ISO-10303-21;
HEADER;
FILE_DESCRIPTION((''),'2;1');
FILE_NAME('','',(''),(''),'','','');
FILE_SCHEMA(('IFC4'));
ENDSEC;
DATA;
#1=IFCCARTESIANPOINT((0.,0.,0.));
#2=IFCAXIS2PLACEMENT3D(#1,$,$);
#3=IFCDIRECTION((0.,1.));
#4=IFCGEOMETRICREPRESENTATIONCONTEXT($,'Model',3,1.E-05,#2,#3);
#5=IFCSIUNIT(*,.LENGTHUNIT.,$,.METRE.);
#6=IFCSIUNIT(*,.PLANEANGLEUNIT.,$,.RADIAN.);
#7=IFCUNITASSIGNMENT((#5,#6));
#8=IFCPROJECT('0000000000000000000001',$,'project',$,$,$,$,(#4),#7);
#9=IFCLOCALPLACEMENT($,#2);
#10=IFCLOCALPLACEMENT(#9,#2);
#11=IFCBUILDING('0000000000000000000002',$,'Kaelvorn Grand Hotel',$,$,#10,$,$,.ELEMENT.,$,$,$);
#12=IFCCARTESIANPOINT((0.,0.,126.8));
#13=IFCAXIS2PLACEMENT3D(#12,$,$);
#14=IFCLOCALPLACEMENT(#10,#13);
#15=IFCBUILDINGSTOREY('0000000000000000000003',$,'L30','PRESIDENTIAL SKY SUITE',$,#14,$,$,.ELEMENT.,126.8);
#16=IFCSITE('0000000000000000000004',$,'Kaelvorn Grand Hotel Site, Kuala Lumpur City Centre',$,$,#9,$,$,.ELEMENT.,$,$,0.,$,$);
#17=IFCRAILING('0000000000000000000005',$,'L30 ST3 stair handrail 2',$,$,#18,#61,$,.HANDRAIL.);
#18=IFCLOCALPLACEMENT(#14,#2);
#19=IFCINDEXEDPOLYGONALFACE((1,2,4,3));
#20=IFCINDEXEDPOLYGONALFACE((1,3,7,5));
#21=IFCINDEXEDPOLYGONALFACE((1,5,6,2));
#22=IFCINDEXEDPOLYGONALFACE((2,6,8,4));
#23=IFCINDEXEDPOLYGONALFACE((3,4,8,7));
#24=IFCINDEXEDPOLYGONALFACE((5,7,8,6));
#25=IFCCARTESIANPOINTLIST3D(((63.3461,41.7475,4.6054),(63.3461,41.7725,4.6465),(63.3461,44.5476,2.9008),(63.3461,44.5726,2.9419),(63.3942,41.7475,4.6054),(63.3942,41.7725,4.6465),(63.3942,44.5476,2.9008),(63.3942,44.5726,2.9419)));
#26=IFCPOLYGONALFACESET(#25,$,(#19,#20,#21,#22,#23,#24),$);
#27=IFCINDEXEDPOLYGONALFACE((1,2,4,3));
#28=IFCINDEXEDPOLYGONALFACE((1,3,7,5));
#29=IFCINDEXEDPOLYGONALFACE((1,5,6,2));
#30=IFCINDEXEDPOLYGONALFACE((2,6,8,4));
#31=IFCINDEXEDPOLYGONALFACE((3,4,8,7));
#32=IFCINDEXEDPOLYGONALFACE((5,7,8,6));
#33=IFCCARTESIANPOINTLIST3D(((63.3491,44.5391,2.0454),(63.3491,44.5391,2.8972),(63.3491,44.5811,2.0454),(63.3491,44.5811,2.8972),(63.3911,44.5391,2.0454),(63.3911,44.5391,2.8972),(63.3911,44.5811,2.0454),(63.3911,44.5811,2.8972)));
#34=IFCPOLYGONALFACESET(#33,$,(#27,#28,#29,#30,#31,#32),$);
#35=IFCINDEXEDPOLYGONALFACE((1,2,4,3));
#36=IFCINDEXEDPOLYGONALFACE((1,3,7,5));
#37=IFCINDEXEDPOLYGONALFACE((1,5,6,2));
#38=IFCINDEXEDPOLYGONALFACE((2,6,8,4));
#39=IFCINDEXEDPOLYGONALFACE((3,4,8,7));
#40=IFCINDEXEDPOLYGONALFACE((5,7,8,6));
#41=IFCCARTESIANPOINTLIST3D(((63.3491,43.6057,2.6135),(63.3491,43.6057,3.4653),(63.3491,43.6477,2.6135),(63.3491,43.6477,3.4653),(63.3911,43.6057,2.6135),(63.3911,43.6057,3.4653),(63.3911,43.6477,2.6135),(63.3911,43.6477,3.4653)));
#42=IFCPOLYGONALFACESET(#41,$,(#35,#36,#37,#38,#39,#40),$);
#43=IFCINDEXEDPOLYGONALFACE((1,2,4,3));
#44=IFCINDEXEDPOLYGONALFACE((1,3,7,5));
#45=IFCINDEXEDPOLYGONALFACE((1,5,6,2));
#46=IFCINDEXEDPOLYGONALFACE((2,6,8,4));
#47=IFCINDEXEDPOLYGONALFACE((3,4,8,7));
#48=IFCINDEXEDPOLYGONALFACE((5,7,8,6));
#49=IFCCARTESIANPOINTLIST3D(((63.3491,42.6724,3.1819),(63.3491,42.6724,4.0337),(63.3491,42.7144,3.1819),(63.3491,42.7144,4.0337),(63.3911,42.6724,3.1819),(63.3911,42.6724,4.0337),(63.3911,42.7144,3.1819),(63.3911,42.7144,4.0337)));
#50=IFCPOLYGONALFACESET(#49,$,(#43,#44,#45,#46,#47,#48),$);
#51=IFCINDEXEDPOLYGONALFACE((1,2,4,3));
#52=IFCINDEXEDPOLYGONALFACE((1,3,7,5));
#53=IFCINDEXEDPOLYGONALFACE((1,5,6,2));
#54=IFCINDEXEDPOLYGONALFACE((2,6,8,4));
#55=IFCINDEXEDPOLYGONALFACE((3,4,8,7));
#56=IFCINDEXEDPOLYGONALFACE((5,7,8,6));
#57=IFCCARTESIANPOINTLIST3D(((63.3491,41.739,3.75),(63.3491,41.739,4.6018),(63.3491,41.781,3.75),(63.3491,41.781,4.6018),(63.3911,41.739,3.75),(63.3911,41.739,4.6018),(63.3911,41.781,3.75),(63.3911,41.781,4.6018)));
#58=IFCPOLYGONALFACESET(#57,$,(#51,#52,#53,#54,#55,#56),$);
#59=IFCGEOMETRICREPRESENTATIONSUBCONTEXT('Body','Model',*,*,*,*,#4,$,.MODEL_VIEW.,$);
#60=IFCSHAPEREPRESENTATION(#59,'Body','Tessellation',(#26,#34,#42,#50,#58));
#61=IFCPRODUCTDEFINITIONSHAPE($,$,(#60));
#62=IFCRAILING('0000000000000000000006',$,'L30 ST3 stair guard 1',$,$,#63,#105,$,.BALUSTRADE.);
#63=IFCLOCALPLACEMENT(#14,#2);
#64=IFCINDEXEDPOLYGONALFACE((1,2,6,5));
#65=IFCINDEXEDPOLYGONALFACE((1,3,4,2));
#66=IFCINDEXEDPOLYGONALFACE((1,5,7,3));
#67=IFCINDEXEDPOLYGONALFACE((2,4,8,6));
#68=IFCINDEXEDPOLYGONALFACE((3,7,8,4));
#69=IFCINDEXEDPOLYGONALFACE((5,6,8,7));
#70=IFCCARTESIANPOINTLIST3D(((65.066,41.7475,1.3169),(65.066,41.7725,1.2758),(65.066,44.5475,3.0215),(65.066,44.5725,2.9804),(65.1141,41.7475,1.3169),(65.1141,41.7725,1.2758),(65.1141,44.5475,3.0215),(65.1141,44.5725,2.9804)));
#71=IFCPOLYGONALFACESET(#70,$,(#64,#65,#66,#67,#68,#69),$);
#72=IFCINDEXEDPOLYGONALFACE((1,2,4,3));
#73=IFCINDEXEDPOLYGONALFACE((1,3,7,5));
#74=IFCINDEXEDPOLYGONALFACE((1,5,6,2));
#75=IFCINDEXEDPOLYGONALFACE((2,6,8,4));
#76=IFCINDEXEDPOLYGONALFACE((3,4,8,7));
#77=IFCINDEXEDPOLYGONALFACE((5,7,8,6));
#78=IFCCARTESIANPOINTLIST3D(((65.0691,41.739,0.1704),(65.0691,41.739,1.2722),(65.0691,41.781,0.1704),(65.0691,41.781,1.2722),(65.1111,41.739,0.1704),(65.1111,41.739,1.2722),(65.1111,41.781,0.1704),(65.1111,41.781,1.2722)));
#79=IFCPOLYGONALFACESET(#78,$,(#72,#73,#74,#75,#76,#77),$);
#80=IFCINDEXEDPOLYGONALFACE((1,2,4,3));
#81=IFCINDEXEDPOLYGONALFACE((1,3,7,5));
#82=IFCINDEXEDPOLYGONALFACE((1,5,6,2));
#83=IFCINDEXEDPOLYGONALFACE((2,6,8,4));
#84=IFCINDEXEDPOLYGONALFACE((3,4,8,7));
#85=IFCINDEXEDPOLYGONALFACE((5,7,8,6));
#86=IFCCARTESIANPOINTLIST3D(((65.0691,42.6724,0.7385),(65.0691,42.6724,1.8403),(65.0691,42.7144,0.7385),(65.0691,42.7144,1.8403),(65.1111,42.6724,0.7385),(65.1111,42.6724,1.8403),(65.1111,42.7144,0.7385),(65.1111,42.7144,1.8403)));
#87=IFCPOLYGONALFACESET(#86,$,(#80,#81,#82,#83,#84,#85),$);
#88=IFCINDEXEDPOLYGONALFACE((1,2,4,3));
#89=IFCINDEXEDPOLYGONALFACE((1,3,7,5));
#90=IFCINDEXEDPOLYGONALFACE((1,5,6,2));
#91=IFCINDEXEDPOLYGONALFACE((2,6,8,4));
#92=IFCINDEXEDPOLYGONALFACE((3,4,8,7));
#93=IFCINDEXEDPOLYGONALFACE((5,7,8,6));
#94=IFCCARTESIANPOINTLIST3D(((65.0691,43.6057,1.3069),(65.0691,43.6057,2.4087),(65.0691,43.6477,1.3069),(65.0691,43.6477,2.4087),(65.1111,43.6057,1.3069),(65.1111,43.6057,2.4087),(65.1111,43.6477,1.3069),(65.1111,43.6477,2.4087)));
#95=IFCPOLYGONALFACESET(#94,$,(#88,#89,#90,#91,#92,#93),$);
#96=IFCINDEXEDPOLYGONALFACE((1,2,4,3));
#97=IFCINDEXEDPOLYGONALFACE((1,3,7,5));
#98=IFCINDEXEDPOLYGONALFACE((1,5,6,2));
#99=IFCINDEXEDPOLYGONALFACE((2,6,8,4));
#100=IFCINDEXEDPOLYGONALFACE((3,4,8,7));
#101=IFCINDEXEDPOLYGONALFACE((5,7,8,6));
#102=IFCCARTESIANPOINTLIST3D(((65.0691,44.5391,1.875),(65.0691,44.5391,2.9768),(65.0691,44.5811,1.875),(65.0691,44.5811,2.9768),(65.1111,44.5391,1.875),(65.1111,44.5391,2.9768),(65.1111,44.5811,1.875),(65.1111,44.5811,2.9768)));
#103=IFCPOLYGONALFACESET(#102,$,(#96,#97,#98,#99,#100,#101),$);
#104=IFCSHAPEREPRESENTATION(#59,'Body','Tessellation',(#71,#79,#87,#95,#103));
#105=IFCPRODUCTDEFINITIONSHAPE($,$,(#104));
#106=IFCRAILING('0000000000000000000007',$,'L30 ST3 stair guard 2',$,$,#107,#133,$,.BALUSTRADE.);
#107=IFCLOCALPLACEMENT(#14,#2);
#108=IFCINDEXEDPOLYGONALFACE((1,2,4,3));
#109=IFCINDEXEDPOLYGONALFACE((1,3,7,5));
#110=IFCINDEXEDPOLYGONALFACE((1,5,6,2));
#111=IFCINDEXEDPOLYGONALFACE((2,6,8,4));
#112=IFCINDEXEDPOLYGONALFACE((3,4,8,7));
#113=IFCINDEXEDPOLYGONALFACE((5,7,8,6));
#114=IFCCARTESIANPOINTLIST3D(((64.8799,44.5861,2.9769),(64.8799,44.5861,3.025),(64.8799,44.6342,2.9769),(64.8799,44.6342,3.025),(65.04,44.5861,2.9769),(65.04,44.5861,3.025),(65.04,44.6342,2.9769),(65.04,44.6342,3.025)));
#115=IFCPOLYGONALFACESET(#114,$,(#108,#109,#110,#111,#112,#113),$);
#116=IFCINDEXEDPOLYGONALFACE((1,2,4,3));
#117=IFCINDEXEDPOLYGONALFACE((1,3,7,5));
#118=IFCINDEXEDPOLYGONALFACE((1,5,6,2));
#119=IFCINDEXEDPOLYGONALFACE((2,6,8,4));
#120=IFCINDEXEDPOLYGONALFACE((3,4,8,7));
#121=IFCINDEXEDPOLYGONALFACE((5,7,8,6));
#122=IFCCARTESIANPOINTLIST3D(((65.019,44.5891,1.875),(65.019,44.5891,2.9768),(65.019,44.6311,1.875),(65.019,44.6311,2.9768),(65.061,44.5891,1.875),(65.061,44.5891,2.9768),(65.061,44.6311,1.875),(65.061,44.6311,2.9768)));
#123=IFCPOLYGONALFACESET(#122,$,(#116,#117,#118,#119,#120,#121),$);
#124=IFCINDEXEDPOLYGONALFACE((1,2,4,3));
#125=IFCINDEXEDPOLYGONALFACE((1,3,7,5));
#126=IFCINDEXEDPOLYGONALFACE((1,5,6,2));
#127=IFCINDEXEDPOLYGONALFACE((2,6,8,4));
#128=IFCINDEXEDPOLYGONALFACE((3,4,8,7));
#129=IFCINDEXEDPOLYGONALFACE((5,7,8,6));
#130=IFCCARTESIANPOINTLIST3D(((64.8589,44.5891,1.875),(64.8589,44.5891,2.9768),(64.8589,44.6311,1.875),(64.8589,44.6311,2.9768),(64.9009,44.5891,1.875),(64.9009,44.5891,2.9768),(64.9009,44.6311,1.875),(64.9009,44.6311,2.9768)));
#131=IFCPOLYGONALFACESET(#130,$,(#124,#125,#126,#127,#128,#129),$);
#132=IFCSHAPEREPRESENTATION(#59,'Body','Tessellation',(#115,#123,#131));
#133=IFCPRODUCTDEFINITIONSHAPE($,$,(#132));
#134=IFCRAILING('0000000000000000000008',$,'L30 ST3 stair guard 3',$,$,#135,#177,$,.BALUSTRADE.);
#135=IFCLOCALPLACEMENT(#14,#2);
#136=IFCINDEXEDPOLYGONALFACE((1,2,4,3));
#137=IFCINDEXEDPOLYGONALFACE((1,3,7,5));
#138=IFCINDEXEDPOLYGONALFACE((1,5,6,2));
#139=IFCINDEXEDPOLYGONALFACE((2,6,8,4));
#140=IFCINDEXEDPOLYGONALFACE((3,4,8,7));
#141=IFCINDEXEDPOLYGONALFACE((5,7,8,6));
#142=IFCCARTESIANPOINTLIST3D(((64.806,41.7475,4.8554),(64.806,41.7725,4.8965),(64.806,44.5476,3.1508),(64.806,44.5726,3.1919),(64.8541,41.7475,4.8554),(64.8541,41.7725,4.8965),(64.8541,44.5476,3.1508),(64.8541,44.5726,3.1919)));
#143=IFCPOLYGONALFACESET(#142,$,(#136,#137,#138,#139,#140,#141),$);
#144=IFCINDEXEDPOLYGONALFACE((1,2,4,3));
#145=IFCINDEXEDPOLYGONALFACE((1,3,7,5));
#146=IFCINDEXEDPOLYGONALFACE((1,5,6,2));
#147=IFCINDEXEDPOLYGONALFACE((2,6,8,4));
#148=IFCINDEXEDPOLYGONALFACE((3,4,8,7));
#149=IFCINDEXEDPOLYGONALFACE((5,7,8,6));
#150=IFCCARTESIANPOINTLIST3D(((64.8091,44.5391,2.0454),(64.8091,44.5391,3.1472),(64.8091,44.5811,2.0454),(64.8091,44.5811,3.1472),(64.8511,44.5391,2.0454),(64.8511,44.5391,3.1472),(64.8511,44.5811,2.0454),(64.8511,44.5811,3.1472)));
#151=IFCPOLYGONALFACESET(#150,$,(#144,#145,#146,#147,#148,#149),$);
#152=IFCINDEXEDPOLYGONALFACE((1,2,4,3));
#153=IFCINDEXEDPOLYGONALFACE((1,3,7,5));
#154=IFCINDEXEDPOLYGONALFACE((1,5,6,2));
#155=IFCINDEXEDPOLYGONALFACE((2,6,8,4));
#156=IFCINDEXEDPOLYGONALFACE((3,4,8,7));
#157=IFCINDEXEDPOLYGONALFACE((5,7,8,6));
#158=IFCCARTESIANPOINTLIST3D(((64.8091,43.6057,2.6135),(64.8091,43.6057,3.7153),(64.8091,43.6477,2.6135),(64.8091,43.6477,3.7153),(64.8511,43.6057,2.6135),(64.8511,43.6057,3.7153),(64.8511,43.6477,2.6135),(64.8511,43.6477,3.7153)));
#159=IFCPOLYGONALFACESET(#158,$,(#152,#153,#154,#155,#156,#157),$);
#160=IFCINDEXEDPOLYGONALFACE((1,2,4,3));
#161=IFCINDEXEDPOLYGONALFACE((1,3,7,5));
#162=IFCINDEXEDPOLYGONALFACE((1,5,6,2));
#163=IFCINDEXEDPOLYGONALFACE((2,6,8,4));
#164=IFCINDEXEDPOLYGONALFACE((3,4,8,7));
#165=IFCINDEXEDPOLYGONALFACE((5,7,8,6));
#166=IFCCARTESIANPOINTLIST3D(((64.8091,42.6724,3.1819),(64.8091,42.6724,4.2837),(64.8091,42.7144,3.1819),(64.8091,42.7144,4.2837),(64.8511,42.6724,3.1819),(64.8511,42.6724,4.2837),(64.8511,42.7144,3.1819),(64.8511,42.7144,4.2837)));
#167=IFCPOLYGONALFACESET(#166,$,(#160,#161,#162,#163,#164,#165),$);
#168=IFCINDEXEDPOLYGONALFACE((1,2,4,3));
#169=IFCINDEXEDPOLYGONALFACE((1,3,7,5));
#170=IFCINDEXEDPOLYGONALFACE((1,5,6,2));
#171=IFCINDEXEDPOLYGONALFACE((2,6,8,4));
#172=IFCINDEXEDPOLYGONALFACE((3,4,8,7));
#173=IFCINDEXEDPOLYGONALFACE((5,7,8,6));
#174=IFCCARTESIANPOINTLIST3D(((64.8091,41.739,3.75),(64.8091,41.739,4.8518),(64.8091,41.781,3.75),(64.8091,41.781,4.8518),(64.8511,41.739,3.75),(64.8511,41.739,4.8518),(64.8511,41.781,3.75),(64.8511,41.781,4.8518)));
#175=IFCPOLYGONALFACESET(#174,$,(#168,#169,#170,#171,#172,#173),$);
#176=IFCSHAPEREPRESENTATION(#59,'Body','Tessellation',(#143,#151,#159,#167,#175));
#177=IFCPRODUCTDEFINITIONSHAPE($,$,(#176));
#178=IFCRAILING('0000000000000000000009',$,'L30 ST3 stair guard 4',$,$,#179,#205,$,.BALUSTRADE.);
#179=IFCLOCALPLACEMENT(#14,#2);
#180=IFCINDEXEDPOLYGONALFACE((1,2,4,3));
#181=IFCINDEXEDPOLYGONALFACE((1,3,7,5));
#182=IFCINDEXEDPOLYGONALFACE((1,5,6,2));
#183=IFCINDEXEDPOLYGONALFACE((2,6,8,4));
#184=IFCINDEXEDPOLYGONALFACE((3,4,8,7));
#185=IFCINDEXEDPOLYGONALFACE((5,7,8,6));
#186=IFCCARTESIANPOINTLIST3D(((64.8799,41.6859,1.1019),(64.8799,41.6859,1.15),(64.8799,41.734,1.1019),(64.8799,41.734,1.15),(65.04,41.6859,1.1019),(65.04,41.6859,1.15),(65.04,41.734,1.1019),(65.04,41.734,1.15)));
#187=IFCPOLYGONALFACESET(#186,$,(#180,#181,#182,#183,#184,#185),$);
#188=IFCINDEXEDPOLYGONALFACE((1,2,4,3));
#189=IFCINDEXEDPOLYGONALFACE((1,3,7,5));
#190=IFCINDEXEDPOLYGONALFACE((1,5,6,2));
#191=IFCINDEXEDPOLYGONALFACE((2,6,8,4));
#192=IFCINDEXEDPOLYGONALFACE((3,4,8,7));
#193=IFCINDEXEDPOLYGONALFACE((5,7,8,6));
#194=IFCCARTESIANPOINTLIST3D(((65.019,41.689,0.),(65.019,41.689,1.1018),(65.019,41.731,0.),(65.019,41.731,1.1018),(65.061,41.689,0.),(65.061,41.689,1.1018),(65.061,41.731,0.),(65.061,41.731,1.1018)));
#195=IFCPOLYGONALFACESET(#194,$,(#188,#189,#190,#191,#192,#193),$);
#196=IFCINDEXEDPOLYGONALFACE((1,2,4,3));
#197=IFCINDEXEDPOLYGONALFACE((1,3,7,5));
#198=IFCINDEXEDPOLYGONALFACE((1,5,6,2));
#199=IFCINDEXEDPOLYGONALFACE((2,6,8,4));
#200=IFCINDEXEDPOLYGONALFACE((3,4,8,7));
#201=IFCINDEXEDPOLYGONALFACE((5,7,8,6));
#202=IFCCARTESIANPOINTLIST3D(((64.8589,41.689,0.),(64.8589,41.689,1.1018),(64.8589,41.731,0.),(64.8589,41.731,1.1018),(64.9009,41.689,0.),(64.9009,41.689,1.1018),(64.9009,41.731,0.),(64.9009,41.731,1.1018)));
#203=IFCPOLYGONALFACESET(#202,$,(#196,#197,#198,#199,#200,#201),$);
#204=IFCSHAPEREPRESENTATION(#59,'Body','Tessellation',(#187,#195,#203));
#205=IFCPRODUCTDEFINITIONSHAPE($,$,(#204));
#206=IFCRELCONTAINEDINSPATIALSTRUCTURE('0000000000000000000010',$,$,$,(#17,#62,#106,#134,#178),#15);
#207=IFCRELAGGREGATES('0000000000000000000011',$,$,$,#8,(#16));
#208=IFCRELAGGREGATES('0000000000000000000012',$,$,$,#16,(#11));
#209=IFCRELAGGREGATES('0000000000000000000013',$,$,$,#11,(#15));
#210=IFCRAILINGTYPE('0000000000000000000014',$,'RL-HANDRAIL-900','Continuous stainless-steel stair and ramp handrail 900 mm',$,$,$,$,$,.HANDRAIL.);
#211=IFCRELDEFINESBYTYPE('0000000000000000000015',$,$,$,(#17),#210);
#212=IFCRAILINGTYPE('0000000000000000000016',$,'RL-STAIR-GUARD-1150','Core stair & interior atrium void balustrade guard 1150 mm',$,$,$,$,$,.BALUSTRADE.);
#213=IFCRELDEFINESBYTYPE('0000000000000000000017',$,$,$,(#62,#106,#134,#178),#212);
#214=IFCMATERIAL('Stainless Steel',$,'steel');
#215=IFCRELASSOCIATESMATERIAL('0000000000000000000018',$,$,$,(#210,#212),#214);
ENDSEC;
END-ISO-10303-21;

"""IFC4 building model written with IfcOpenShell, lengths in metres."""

from ifc_helpers import new_model, si_unit, direction, frame, origin, origin_2d, place, context, subcontext, project, spatial, rectangle, extrude, material, type_object, element, save


model = new_model("IFC4")

# Units and contexts
model_context = context("Model", 3, precision=1e-05, world=origin(), true_north=direction((0.0, 1.0)))
body_context = subcontext(model_context, "Body", "Model", "MODEL_VIEW")
ifc_project = project(units=[si_unit("LENGTHUNIT", "METRE"), si_unit("PLANEANGLEUNIT", "RADIAN")], contexts=[model_context])

# Site, building, storey
site_placement = place(None, origin())
site = spatial("IfcSite", under=ifc_project, at=site_placement, Name="Kaelvorn Grand Hotel Site, Kuala Lumpur City Centre", CompositionType="ELEMENT", RefElevation=0.0)
building_placement = place(site_placement, origin())
building = spatial("IfcBuilding", under=site, at=building_placement, Name="Kaelvorn Grand Hotel", CompositionType="ELEMENT")
storey_placement = place(building_placement, frame((0.0, 0.0, 126.8)))
storey = spatial("IfcBuildingStorey", under=building, at=storey_placement, Name="L30", Description="PRESIDENTIAL SKY SUITE", CompositionType="ELEMENT", Elevation=126.8)

# Railings
ifc_material_1 = material(Name="Stainless Steel", Category="steel")
railing_type_1 = type_object("IfcRailingType", Name="RL-HANDRAIL-900", Description="Continuous stainless-steel stair and ramp handrail 900 mm", PredefinedType="HANDRAIL", material=ifc_material_1)
railing_1_placement = place(storey_placement, frame((63.3701, 44.5601, 2.0454)))
element("IfcRailing", 1, at=railing_1_placement, inside=storey, type_object=railing_type_1, Name="L30 ST3 stair handrail 2", PredefinedType="HANDRAIL", context=body_context, shape_type="SweptSolid", body=[
    extrude(rectangle(XDim=0.0481, YDim=0.0481, at=origin_2d()), frame((0.0, 0.0, 0.876), z_axis=(0.0, -0.85417, 0.519994), x_axis=(1.0, 0.0, 0.0)), (0.0, 0.0, 1.0), 3.2781),
    extrude(rectangle(XDim=0.042, YDim=0.042, at=origin_2d()), origin(), (0.0, 0.0, 1.0), 0.8518),
    extrude(rectangle(XDim=0.042, YDim=0.042, at=origin_2d()), frame((0.0, -0.9333, 0.5681)), (0.0, 0.0, 1.0), 0.8518),
    extrude(rectangle(XDim=0.042, YDim=0.042, at=origin_2d()), frame((0.0, -1.8667, 1.1365)), (0.0, 0.0, 1.0), 0.8518),
    extrude(rectangle(XDim=0.042, YDim=0.042, at=origin_2d()), frame((0.0, -2.8, 1.7046)), (0.0, 0.0, 1.0), 0.8518),
])
railing_type_2 = type_object("IfcRailingType", Name="RL-STAIR-GUARD-1150", Description="Core stair & interior atrium void balustrade guard 1150 mm", PredefinedType="BALUSTRADE", material=ifc_material_1)
railing_2_placement = place(storey_placement, frame((65.0901, 41.76, 0.1704)))
element("IfcRailing", 2, at=railing_2_placement, inside=storey, type_object=railing_type_2, Name="L30 ST3 stair guard 1", PredefinedType="BALUSTRADE", context=body_context, shape_type="SweptSolid", body=[
    extrude(rectangle(XDim=0.0481, YDim=0.0481, at=origin_2d()), frame((0.0, 0.0, 1.126), z_axis=(0.0, 0.85417, 0.519994), x_axis=(-1.0, 0.0, 0.0)), (0.0, 0.0, 1.0), 3.2781),
    extrude(rectangle(XDim=0.042, YDim=0.042, at=origin_2d()), origin(), (0.0, 0.0, 1.0), 1.1018),
    extrude(rectangle(XDim=0.042, YDim=0.042, at=origin_2d()), frame((0.0, 0.9333, 0.5681)), (0.0, 0.0, 1.0), 1.1018),
    extrude(rectangle(XDim=0.042, YDim=0.042, at=origin_2d()), frame((0.0, 1.8667, 1.1365)), (0.0, 0.0, 1.0), 1.1018),
    extrude(rectangle(XDim=0.042, YDim=0.042, at=origin_2d()), frame((0.0, 2.8, 1.7046)), (0.0, 0.0, 1.0), 1.1018),
])
railing_3_placement = place(storey_placement, frame((65.04, 44.6101, 1.875)))
element("IfcRailing", 3, at=railing_3_placement, inside=storey, type_object=railing_type_2, Name="L30 ST3 stair guard 2", PredefinedType="BALUSTRADE", context=body_context, shape_type="SweptSolid", body=[
    extrude(rectangle(XDim=0.0481, YDim=0.0481, at=origin_2d()), frame((0.0, 0.0, 1.126), z_axis=(-1.0, 0.0, 0.0), x_axis=(0.0, -1.0, 0.0)), (0.0, 0.0, 1.0), 0.1602),
    extrude(rectangle(XDim=0.042, YDim=0.042, at=origin_2d()), origin(), (0.0, 0.0, 1.0), 1.1018),
    extrude(rectangle(XDim=0.042, YDim=0.042, at=origin_2d()), frame((-0.1602, 0.0, 0.0)), (0.0, 0.0, 1.0), 1.1018),
])
railing_4_placement = place(storey_placement, frame((64.8301, 44.5601, 2.0454)))
element("IfcRailing", 4, at=railing_4_placement, inside=storey, type_object=railing_type_2, Name="L30 ST3 stair guard 3", PredefinedType="BALUSTRADE", context=body_context, shape_type="SweptSolid", body=[
    extrude(rectangle(XDim=0.0481, YDim=0.0481, at=origin_2d()), frame((0.0, 0.0, 1.126), z_axis=(0.0, -0.85417, 0.519994), x_axis=(1.0, 0.0, 0.0)), (0.0, 0.0, 1.0), 3.2781),
    extrude(rectangle(XDim=0.042, YDim=0.042, at=origin_2d()), origin(), (0.0, 0.0, 1.0), 1.1018),
    extrude(rectangle(XDim=0.042, YDim=0.042, at=origin_2d()), frame((0.0, -0.9333, 0.5681)), (0.0, 0.0, 1.0), 1.1018),
    extrude(rectangle(XDim=0.042, YDim=0.042, at=origin_2d()), frame((0.0, -1.8667, 1.1365)), (0.0, 0.0, 1.0), 1.1018),
    extrude(rectangle(XDim=0.042, YDim=0.042, at=origin_2d()), frame((0.0, -2.8, 1.7046)), (0.0, 0.0, 1.0), 1.1018),
])
railing_5_placement = place(storey_placement, frame((65.04, 41.71, 0.0)))
element("IfcRailing", 5, at=railing_5_placement, inside=storey, type_object=railing_type_2, Name="L30 ST3 stair guard 4", PredefinedType="BALUSTRADE", context=body_context, shape_type="SweptSolid", body=[
    extrude(rectangle(XDim=0.0481, YDim=0.0481, at=origin_2d()), frame((0.0, 0.0, 1.126), z_axis=(-1.0, 0.0, 0.0), x_axis=(0.0, -1.0, 0.0)), (0.0, 0.0, 1.0), 0.1602),
    extrude(rectangle(XDim=0.042, YDim=0.042, at=origin_2d()), origin(), (0.0, 0.0, 1.0), 1.1018),
    extrude(rectangle(XDim=0.042, YDim=0.042, at=origin_2d()), frame((-0.1602, 0.0, 0.0)), (0.0, 0.0, 1.0), 1.1018),
])

save(model, "model.ifc")
